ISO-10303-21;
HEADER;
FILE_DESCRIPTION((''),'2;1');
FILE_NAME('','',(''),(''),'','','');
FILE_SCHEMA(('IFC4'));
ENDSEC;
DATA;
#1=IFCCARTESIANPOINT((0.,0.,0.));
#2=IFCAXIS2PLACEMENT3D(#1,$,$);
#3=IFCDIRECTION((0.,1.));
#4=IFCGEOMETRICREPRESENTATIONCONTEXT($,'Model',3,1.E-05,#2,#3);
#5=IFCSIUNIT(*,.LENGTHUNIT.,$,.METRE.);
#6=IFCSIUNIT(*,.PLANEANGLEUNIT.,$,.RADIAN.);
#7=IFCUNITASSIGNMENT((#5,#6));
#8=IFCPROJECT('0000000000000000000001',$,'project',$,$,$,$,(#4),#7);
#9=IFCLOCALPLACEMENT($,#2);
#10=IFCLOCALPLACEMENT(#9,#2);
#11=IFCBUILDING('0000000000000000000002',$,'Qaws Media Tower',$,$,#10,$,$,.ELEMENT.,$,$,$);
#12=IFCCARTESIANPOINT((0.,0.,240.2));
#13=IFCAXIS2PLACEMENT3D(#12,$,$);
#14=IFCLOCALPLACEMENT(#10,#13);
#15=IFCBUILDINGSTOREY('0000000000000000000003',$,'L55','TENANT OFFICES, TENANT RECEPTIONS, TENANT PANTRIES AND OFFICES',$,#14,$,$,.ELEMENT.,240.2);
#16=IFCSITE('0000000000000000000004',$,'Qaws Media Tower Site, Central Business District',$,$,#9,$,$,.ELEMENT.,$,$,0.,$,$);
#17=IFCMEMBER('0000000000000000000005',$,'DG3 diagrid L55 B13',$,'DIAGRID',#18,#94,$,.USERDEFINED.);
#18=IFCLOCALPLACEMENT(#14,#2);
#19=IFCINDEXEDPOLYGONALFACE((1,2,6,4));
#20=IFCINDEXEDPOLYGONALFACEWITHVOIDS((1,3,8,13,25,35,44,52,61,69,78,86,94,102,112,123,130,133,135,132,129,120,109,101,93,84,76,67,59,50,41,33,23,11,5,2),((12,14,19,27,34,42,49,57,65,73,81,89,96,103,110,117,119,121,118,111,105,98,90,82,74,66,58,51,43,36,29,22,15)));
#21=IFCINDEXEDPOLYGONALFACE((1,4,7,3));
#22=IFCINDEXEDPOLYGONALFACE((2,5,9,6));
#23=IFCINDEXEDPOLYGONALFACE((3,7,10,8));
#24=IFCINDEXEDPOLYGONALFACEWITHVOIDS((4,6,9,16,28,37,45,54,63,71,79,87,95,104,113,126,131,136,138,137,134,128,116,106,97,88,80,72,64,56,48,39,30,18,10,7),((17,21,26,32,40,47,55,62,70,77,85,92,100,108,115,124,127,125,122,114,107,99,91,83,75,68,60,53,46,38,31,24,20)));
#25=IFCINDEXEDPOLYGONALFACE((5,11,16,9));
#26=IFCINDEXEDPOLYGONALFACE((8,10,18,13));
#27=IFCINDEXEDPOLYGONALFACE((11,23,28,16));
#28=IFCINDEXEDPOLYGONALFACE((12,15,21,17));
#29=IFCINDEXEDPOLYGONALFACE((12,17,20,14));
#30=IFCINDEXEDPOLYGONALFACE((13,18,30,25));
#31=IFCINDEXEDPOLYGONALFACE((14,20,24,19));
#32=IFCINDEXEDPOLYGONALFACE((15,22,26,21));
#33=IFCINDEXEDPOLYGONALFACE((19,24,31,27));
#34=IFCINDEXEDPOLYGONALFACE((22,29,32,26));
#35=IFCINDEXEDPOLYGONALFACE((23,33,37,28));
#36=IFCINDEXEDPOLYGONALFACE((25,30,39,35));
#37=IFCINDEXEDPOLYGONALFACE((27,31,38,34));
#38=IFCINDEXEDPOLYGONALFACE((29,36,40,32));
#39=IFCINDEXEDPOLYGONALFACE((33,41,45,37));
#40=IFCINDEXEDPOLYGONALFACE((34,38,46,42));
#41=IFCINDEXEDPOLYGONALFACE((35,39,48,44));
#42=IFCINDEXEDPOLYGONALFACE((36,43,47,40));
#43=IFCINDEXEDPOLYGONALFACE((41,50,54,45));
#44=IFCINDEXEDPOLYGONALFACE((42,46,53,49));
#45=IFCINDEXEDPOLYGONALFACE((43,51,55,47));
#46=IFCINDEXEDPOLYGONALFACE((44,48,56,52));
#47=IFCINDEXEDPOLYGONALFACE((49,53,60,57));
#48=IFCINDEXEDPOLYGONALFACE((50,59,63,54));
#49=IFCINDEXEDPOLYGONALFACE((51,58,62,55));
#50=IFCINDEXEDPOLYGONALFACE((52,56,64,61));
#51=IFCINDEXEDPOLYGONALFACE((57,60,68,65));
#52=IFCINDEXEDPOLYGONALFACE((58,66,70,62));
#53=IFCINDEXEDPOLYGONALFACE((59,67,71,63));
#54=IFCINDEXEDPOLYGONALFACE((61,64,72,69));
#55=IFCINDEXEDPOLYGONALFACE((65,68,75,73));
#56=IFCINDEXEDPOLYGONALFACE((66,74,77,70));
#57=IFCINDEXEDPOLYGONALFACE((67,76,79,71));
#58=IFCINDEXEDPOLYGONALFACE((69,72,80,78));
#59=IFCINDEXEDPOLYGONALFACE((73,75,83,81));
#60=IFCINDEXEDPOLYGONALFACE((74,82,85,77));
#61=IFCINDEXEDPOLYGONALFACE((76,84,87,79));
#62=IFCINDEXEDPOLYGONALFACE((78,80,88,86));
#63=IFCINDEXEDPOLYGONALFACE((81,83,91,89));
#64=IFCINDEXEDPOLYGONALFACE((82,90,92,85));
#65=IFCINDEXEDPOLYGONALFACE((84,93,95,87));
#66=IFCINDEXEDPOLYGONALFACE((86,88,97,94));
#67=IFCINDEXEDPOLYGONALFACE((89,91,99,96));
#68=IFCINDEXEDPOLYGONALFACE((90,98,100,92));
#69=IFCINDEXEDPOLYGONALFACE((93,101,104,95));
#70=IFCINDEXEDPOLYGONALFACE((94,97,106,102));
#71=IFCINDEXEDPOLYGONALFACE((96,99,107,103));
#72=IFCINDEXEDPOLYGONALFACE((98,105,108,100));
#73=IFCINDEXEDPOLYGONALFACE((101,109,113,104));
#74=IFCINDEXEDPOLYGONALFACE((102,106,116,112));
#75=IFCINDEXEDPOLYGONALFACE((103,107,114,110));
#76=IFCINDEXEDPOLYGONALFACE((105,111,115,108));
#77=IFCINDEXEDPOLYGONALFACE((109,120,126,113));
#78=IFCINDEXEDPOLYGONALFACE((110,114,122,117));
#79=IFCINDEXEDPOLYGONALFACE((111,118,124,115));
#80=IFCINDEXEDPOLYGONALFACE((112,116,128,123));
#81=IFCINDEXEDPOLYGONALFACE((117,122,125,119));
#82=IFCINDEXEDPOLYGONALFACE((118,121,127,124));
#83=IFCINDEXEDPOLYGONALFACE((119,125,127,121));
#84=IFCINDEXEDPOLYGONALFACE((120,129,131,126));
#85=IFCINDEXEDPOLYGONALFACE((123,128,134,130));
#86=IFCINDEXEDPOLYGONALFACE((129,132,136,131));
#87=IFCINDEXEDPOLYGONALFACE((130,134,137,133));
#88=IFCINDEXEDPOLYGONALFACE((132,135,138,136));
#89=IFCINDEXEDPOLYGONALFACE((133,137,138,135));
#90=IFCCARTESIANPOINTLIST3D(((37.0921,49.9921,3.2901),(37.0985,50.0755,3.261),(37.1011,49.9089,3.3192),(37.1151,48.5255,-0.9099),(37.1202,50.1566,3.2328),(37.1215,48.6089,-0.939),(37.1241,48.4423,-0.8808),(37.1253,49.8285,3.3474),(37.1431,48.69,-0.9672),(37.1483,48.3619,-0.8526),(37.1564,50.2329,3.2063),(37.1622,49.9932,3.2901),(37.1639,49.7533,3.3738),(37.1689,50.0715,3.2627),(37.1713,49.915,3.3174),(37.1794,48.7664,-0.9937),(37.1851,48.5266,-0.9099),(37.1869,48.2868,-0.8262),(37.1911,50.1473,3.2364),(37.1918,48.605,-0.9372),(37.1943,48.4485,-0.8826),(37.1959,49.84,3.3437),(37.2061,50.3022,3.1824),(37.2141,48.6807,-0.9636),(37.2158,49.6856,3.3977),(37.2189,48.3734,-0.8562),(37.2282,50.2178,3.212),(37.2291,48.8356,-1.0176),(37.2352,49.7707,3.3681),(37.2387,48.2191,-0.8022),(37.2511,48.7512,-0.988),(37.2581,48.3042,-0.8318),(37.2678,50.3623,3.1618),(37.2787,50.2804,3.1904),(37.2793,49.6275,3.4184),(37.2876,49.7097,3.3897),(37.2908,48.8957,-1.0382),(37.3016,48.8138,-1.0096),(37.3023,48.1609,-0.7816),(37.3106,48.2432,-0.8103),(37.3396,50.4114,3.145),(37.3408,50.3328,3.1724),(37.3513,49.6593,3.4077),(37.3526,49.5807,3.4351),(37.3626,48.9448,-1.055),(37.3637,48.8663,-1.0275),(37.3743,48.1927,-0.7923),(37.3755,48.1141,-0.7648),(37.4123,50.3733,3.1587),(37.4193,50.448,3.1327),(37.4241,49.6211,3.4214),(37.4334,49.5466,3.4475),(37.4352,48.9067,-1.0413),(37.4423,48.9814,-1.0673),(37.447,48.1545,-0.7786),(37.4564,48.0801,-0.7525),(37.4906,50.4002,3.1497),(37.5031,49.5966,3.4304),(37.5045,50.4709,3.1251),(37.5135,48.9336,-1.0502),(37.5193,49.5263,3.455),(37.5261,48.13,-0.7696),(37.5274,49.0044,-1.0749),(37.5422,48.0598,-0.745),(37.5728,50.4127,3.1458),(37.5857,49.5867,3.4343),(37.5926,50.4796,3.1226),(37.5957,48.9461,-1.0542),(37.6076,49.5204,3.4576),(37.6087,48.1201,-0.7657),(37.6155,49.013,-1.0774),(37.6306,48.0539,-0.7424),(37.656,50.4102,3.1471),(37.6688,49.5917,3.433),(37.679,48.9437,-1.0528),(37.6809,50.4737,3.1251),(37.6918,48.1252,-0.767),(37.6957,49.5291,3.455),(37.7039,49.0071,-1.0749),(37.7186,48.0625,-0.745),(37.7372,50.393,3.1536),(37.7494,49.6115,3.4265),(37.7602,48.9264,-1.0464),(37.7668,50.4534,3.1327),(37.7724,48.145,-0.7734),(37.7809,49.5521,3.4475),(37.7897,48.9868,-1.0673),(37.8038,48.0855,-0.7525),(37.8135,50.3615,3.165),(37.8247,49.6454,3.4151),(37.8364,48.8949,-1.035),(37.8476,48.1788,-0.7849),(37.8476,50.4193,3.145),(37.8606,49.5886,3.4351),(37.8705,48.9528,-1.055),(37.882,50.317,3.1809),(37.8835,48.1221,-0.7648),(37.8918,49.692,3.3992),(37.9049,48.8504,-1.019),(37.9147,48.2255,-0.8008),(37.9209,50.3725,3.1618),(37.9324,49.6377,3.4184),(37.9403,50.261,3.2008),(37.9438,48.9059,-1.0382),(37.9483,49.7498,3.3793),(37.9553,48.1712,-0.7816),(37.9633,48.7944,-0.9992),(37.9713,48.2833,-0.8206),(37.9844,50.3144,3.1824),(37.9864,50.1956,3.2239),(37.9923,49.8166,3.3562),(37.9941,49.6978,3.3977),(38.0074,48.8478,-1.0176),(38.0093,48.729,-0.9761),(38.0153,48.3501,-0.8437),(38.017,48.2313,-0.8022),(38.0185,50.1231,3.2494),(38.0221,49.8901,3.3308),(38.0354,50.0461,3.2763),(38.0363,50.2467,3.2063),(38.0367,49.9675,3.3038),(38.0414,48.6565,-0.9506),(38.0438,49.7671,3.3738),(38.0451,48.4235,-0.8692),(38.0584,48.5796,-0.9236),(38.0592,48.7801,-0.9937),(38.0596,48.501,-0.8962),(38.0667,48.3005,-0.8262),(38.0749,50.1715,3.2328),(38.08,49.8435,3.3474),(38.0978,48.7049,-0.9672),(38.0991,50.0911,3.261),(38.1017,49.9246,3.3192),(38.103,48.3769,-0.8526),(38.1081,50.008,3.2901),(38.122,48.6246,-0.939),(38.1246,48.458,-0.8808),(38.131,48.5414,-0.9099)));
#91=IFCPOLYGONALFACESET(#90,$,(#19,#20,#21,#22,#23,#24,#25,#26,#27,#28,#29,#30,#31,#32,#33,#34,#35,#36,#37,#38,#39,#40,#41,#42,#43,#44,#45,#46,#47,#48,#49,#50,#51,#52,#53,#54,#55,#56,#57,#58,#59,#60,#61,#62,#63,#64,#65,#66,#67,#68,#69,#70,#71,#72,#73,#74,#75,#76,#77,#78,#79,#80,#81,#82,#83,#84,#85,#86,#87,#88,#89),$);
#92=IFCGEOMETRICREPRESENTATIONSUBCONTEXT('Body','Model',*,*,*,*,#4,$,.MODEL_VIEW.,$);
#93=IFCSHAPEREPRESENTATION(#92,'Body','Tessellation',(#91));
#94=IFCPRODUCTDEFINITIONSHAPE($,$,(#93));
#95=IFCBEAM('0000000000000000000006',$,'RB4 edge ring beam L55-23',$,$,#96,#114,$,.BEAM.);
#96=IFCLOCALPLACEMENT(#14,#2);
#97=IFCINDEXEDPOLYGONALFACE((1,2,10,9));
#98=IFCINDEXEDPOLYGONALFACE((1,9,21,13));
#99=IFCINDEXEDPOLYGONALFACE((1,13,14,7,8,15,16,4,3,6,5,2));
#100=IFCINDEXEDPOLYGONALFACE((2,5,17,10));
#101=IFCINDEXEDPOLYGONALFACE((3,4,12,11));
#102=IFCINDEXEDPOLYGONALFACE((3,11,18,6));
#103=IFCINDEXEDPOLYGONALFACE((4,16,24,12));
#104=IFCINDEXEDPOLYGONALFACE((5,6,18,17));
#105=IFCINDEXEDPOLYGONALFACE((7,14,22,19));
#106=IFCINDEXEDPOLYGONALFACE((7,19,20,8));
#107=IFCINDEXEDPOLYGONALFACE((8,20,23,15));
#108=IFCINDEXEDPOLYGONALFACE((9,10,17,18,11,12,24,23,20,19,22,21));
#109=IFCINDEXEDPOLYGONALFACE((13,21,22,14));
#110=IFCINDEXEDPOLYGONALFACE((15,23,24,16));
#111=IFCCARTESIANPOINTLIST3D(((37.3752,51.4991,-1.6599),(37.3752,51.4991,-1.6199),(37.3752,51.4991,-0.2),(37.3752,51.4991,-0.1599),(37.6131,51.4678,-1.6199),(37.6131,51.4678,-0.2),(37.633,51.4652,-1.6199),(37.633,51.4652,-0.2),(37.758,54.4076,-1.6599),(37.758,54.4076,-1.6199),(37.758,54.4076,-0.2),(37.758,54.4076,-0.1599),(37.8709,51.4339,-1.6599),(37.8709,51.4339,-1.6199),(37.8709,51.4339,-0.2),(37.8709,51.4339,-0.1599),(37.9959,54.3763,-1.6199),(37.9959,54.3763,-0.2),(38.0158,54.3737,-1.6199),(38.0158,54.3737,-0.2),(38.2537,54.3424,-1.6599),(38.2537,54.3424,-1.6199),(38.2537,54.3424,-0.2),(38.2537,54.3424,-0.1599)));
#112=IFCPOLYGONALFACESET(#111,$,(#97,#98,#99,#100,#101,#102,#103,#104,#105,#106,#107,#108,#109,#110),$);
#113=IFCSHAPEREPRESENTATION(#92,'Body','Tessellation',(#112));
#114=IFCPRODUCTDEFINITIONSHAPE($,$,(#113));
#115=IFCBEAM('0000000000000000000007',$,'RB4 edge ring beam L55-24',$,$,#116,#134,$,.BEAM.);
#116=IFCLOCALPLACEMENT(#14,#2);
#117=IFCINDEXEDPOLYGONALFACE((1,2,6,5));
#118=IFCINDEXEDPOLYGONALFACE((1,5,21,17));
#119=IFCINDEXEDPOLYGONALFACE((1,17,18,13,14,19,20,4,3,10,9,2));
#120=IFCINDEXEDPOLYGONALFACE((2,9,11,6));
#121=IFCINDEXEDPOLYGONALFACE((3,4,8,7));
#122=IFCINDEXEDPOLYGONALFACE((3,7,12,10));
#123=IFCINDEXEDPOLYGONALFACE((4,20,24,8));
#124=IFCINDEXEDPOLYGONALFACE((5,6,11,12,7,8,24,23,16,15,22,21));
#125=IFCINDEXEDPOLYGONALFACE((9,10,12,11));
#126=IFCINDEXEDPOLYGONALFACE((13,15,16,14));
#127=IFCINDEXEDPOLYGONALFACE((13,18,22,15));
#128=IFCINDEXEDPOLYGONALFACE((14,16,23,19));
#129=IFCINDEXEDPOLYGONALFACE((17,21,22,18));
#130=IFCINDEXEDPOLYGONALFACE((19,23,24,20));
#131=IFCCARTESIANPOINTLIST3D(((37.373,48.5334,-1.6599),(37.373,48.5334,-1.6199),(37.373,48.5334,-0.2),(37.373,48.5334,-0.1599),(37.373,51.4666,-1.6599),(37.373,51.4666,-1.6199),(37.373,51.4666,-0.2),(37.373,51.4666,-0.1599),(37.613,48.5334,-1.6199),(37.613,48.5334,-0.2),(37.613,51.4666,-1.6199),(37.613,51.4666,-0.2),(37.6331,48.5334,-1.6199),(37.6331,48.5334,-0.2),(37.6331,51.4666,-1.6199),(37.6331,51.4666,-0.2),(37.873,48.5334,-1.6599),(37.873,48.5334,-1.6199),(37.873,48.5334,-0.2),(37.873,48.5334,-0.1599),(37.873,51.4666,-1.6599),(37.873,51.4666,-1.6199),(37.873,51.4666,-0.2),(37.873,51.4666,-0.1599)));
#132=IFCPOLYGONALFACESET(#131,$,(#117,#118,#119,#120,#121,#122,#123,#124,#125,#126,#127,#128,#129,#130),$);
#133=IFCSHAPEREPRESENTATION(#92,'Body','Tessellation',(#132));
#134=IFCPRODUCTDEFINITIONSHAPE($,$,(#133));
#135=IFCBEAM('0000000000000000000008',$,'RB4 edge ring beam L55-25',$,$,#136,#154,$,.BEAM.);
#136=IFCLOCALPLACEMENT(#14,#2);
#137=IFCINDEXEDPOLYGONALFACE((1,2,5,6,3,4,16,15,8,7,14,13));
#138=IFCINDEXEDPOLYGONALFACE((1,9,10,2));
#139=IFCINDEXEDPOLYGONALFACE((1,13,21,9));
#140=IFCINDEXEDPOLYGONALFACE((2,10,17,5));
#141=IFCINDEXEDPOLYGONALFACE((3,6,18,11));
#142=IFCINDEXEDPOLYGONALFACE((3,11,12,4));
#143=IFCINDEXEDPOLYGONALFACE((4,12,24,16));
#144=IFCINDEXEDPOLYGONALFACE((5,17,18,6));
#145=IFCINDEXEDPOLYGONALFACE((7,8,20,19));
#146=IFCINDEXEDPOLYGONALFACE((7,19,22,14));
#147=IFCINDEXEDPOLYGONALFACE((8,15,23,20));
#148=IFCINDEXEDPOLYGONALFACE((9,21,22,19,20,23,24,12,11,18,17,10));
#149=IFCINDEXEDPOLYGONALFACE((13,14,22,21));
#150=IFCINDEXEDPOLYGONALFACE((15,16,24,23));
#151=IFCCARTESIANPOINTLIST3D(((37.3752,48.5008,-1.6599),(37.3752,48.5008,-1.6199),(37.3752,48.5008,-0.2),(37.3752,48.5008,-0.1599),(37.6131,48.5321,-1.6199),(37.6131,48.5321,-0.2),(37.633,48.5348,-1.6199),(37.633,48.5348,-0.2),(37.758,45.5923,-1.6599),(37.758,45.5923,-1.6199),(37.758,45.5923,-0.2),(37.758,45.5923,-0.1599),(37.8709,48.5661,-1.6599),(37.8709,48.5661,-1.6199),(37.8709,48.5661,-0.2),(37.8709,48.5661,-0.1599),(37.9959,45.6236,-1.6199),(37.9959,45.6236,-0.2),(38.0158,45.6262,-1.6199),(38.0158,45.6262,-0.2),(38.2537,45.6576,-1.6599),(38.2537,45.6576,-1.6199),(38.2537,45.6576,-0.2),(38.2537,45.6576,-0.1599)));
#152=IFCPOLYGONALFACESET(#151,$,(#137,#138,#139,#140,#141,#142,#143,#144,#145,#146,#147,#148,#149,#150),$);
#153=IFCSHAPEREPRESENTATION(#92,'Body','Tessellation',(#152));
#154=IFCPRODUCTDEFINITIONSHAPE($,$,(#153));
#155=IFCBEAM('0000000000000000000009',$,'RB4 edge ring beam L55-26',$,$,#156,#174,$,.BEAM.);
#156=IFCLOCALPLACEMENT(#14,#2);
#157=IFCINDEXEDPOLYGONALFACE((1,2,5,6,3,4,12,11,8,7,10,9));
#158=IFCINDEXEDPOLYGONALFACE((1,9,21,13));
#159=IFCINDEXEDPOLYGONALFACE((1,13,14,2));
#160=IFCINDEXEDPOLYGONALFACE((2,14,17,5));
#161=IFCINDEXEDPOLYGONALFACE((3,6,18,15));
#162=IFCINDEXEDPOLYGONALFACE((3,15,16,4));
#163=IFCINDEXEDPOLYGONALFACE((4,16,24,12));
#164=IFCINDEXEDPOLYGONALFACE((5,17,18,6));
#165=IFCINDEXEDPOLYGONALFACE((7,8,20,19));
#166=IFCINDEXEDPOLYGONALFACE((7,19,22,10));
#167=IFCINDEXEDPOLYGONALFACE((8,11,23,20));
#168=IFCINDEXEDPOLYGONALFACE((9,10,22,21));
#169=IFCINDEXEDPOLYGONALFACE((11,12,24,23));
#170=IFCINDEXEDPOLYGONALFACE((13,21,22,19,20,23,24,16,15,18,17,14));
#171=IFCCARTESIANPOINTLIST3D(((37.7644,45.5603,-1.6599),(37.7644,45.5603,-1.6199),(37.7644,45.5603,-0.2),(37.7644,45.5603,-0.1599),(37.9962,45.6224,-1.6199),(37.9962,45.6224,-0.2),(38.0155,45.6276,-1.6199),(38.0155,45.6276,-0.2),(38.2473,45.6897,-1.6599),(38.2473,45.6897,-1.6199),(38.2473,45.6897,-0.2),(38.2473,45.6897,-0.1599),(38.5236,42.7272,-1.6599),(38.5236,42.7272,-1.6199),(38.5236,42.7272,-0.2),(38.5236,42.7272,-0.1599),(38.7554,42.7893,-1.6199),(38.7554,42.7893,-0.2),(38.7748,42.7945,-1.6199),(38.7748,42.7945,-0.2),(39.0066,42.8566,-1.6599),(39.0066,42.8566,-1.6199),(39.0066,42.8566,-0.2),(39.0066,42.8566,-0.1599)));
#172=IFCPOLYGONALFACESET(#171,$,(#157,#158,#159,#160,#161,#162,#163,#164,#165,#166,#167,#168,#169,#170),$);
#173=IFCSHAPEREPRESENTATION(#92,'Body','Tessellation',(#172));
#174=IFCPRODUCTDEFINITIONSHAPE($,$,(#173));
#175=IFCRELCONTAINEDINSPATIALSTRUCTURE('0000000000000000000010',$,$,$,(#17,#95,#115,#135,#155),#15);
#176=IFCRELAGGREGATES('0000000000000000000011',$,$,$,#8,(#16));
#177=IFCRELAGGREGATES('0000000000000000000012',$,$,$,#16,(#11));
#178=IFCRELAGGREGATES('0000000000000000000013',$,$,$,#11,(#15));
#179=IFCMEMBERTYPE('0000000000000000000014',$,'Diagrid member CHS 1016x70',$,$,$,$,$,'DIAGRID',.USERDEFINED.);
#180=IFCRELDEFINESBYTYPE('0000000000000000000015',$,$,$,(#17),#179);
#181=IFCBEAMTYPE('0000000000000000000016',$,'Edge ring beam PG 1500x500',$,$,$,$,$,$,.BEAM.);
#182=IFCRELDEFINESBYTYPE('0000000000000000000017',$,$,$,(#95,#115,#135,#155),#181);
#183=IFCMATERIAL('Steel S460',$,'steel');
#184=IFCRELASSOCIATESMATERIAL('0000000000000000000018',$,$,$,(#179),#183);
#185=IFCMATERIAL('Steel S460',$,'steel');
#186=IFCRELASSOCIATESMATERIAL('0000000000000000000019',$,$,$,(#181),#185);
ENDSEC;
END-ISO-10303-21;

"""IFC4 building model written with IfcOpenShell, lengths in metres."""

from ifc_helpers import new_model, si_unit, direction, frame, origin, origin_2d, place, context, subcontext, project, spatial, hollow_circle, i_section, extrude, material, material_profile, profile_set, type_object, element, save


model = new_model("IFC4")

# Units and contexts
model_context = context("Model", 3, precision=1e-05, world=origin(), true_north=direction((0.0, 1.0)))
body_context = subcontext(model_context, "Body", "Model", "MODEL_VIEW")
ifc_project = project(units=[si_unit("LENGTHUNIT", "METRE"), si_unit("PLANEANGLEUNIT", "RADIAN")], contexts=[model_context])

# Site, building, storey
site_placement = place(None, origin())
site = spatial("IfcSite", under=ifc_project, at=site_placement, Name="Qaws Media Tower Site, Central Business District", CompositionType="ELEMENT", RefElevation=0.0)
building_placement = place(site_placement, origin())
building = spatial("IfcBuilding", under=site, at=building_placement, Name="Qaws Media Tower", CompositionType="ELEMENT")
storey_placement = place(building_placement, frame((0.0, 0.0, 240.2)))
storey = spatial("IfcBuildingStorey", under=building, at=storey_placement, Name="L55", Description="TENANT OFFICES, TENANT RECEPTIONS, TENANT PANTRIES AND OFFICES", CompositionType="ELEMENT", Elevation=240.2)

# Member
ifc_material_1 = material(Name="Steel S460", Category="steel")
ifc_material_profile_1 = material_profile(ifc_material_1, hollow_circle(Radius=0.5081, WallThickness=0.0701, at=origin_2d()), Name="CHS 1016x70")
ifc_profile_set_1 = profile_set([ifc_material_profile_1], Name="Steel S460")
member_type_1 = type_object("IfcMemberType", Name="Diagrid member CHS 1016x70", ElementType="DIAGRID", PredefinedType="USERDEFINED", material=ifc_profile_set_1)
for number, where, z_axis, x_axis, name in (
    (1, (37.623, 48.5334, -0.9099), (-0.005159, 0.329659, 0.944086), (-0.999878, -0.015646, 0.0), "DG3 diagrid L55 B13"),
):
    element("IfcMember", number, at=place(storey_placement, frame(where, z_axis=z_axis, x_axis=x_axis)), inside=storey, type_object=member_type_1, Name=name, ObjectType="DIAGRID", PredefinedType="USERDEFINED", context=body_context, shape_type="SweptSolid", body=[
        extrude(hollow_circle(Radius=0.5081, WallThickness=0.0701, at=origin_2d()), origin(), (0.0, 0.0, 1.0), 4.4487),
    ])

# Beams
ifc_material_2 = material(Name="Steel S460", Category="steel")
ifc_material_profile_2 = material_profile(ifc_material_2, i_section(OverallWidth=0.5, OverallDepth=1.5, WebThickness=0.02, FlangeThickness=0.04, at=origin_2d()), Name="PG 1500x500")
ifc_profile_set_2 = profile_set([ifc_material_profile_2], Name="Steel S460")
beam_type_1 = type_object("IfcBeamType", Name="Edge ring beam PG 1500x500", PredefinedType="BEAM", material=ifc_profile_set_2)
beam_1_placement = place(storey_placement, frame((38.0059, 54.375, -0.9099), z_axis=(-0.130495, -0.991449, 0.0), x_axis=(0.991449, -0.130495, 0.0)))
element("IfcBeam", 2, at=beam_1_placement, inside=storey, type_object=beam_type_1, Name="RB4 edge ring beam L55-23", PredefinedType="BEAM", context=body_context, shape_type="SweptSolid", body=[
    extrude(i_section(OverallWidth=0.5, OverallDepth=1.5, WebThickness=0.02, FlangeThickness=0.04, at=origin_2d()), origin(), (0.0, 0.0, 1.0), 2.9336),
])
beam_2_placement = place(storey_placement, frame((37.623, 51.4666, -0.9099), z_axis=(0.0, -1.0, 0.0), x_axis=(1.0, 0.0, 0.0)))
element("IfcBeam", 3, at=beam_2_placement, inside=storey, type_object=beam_type_1, Name="RB4 edge ring beam L55-24", PredefinedType="BEAM", context=body_context, shape_type="SweptSolid", body=[
    extrude(i_section(OverallWidth=0.5, OverallDepth=1.5, WebThickness=0.02, FlangeThickness=0.04, at=origin_2d()), origin(), (0.0, 0.0, 1.0), 2.9331),
])
beam_3_placement = place(storey_placement, frame((37.623, 48.5334, -0.9099), z_axis=(0.130495, -0.991449, 0.0), x_axis=(0.991449, 0.130495, 0.0)))
element("IfcBeam", 4, at=beam_3_placement, inside=storey, type_object=beam_type_1, Name="RB4 edge ring beam L55-25", PredefinedType="BEAM", context=body_context, shape_type="SweptSolid", body=[
    extrude(i_section(OverallWidth=0.5, OverallDepth=1.5, WebThickness=0.02, FlangeThickness=0.04, at=origin_2d()), origin(), (0.0, 0.0, 1.0), 2.9336),
])
beam_4_placement = place(storey_placement, frame((38.0059, 45.625, -0.9099), z_axis=(0.258854, -0.965916, 0.0), x_axis=(0.965916, 0.258854, 0.0)))
element("IfcBeam", 5, at=beam_4_placement, inside=storey, type_object=beam_type_1, Name="RB4 edge ring beam L55-26", PredefinedType="BEAM", context=body_context, shape_type="SweptSolid", body=[
    extrude(i_section(OverallWidth=0.5, OverallDepth=1.5, WebThickness=0.02, FlangeThickness=0.04, at=origin_2d()), origin(), (0.0, 0.0, 1.0), 2.9331),
])

save(model, "model.ifc")
